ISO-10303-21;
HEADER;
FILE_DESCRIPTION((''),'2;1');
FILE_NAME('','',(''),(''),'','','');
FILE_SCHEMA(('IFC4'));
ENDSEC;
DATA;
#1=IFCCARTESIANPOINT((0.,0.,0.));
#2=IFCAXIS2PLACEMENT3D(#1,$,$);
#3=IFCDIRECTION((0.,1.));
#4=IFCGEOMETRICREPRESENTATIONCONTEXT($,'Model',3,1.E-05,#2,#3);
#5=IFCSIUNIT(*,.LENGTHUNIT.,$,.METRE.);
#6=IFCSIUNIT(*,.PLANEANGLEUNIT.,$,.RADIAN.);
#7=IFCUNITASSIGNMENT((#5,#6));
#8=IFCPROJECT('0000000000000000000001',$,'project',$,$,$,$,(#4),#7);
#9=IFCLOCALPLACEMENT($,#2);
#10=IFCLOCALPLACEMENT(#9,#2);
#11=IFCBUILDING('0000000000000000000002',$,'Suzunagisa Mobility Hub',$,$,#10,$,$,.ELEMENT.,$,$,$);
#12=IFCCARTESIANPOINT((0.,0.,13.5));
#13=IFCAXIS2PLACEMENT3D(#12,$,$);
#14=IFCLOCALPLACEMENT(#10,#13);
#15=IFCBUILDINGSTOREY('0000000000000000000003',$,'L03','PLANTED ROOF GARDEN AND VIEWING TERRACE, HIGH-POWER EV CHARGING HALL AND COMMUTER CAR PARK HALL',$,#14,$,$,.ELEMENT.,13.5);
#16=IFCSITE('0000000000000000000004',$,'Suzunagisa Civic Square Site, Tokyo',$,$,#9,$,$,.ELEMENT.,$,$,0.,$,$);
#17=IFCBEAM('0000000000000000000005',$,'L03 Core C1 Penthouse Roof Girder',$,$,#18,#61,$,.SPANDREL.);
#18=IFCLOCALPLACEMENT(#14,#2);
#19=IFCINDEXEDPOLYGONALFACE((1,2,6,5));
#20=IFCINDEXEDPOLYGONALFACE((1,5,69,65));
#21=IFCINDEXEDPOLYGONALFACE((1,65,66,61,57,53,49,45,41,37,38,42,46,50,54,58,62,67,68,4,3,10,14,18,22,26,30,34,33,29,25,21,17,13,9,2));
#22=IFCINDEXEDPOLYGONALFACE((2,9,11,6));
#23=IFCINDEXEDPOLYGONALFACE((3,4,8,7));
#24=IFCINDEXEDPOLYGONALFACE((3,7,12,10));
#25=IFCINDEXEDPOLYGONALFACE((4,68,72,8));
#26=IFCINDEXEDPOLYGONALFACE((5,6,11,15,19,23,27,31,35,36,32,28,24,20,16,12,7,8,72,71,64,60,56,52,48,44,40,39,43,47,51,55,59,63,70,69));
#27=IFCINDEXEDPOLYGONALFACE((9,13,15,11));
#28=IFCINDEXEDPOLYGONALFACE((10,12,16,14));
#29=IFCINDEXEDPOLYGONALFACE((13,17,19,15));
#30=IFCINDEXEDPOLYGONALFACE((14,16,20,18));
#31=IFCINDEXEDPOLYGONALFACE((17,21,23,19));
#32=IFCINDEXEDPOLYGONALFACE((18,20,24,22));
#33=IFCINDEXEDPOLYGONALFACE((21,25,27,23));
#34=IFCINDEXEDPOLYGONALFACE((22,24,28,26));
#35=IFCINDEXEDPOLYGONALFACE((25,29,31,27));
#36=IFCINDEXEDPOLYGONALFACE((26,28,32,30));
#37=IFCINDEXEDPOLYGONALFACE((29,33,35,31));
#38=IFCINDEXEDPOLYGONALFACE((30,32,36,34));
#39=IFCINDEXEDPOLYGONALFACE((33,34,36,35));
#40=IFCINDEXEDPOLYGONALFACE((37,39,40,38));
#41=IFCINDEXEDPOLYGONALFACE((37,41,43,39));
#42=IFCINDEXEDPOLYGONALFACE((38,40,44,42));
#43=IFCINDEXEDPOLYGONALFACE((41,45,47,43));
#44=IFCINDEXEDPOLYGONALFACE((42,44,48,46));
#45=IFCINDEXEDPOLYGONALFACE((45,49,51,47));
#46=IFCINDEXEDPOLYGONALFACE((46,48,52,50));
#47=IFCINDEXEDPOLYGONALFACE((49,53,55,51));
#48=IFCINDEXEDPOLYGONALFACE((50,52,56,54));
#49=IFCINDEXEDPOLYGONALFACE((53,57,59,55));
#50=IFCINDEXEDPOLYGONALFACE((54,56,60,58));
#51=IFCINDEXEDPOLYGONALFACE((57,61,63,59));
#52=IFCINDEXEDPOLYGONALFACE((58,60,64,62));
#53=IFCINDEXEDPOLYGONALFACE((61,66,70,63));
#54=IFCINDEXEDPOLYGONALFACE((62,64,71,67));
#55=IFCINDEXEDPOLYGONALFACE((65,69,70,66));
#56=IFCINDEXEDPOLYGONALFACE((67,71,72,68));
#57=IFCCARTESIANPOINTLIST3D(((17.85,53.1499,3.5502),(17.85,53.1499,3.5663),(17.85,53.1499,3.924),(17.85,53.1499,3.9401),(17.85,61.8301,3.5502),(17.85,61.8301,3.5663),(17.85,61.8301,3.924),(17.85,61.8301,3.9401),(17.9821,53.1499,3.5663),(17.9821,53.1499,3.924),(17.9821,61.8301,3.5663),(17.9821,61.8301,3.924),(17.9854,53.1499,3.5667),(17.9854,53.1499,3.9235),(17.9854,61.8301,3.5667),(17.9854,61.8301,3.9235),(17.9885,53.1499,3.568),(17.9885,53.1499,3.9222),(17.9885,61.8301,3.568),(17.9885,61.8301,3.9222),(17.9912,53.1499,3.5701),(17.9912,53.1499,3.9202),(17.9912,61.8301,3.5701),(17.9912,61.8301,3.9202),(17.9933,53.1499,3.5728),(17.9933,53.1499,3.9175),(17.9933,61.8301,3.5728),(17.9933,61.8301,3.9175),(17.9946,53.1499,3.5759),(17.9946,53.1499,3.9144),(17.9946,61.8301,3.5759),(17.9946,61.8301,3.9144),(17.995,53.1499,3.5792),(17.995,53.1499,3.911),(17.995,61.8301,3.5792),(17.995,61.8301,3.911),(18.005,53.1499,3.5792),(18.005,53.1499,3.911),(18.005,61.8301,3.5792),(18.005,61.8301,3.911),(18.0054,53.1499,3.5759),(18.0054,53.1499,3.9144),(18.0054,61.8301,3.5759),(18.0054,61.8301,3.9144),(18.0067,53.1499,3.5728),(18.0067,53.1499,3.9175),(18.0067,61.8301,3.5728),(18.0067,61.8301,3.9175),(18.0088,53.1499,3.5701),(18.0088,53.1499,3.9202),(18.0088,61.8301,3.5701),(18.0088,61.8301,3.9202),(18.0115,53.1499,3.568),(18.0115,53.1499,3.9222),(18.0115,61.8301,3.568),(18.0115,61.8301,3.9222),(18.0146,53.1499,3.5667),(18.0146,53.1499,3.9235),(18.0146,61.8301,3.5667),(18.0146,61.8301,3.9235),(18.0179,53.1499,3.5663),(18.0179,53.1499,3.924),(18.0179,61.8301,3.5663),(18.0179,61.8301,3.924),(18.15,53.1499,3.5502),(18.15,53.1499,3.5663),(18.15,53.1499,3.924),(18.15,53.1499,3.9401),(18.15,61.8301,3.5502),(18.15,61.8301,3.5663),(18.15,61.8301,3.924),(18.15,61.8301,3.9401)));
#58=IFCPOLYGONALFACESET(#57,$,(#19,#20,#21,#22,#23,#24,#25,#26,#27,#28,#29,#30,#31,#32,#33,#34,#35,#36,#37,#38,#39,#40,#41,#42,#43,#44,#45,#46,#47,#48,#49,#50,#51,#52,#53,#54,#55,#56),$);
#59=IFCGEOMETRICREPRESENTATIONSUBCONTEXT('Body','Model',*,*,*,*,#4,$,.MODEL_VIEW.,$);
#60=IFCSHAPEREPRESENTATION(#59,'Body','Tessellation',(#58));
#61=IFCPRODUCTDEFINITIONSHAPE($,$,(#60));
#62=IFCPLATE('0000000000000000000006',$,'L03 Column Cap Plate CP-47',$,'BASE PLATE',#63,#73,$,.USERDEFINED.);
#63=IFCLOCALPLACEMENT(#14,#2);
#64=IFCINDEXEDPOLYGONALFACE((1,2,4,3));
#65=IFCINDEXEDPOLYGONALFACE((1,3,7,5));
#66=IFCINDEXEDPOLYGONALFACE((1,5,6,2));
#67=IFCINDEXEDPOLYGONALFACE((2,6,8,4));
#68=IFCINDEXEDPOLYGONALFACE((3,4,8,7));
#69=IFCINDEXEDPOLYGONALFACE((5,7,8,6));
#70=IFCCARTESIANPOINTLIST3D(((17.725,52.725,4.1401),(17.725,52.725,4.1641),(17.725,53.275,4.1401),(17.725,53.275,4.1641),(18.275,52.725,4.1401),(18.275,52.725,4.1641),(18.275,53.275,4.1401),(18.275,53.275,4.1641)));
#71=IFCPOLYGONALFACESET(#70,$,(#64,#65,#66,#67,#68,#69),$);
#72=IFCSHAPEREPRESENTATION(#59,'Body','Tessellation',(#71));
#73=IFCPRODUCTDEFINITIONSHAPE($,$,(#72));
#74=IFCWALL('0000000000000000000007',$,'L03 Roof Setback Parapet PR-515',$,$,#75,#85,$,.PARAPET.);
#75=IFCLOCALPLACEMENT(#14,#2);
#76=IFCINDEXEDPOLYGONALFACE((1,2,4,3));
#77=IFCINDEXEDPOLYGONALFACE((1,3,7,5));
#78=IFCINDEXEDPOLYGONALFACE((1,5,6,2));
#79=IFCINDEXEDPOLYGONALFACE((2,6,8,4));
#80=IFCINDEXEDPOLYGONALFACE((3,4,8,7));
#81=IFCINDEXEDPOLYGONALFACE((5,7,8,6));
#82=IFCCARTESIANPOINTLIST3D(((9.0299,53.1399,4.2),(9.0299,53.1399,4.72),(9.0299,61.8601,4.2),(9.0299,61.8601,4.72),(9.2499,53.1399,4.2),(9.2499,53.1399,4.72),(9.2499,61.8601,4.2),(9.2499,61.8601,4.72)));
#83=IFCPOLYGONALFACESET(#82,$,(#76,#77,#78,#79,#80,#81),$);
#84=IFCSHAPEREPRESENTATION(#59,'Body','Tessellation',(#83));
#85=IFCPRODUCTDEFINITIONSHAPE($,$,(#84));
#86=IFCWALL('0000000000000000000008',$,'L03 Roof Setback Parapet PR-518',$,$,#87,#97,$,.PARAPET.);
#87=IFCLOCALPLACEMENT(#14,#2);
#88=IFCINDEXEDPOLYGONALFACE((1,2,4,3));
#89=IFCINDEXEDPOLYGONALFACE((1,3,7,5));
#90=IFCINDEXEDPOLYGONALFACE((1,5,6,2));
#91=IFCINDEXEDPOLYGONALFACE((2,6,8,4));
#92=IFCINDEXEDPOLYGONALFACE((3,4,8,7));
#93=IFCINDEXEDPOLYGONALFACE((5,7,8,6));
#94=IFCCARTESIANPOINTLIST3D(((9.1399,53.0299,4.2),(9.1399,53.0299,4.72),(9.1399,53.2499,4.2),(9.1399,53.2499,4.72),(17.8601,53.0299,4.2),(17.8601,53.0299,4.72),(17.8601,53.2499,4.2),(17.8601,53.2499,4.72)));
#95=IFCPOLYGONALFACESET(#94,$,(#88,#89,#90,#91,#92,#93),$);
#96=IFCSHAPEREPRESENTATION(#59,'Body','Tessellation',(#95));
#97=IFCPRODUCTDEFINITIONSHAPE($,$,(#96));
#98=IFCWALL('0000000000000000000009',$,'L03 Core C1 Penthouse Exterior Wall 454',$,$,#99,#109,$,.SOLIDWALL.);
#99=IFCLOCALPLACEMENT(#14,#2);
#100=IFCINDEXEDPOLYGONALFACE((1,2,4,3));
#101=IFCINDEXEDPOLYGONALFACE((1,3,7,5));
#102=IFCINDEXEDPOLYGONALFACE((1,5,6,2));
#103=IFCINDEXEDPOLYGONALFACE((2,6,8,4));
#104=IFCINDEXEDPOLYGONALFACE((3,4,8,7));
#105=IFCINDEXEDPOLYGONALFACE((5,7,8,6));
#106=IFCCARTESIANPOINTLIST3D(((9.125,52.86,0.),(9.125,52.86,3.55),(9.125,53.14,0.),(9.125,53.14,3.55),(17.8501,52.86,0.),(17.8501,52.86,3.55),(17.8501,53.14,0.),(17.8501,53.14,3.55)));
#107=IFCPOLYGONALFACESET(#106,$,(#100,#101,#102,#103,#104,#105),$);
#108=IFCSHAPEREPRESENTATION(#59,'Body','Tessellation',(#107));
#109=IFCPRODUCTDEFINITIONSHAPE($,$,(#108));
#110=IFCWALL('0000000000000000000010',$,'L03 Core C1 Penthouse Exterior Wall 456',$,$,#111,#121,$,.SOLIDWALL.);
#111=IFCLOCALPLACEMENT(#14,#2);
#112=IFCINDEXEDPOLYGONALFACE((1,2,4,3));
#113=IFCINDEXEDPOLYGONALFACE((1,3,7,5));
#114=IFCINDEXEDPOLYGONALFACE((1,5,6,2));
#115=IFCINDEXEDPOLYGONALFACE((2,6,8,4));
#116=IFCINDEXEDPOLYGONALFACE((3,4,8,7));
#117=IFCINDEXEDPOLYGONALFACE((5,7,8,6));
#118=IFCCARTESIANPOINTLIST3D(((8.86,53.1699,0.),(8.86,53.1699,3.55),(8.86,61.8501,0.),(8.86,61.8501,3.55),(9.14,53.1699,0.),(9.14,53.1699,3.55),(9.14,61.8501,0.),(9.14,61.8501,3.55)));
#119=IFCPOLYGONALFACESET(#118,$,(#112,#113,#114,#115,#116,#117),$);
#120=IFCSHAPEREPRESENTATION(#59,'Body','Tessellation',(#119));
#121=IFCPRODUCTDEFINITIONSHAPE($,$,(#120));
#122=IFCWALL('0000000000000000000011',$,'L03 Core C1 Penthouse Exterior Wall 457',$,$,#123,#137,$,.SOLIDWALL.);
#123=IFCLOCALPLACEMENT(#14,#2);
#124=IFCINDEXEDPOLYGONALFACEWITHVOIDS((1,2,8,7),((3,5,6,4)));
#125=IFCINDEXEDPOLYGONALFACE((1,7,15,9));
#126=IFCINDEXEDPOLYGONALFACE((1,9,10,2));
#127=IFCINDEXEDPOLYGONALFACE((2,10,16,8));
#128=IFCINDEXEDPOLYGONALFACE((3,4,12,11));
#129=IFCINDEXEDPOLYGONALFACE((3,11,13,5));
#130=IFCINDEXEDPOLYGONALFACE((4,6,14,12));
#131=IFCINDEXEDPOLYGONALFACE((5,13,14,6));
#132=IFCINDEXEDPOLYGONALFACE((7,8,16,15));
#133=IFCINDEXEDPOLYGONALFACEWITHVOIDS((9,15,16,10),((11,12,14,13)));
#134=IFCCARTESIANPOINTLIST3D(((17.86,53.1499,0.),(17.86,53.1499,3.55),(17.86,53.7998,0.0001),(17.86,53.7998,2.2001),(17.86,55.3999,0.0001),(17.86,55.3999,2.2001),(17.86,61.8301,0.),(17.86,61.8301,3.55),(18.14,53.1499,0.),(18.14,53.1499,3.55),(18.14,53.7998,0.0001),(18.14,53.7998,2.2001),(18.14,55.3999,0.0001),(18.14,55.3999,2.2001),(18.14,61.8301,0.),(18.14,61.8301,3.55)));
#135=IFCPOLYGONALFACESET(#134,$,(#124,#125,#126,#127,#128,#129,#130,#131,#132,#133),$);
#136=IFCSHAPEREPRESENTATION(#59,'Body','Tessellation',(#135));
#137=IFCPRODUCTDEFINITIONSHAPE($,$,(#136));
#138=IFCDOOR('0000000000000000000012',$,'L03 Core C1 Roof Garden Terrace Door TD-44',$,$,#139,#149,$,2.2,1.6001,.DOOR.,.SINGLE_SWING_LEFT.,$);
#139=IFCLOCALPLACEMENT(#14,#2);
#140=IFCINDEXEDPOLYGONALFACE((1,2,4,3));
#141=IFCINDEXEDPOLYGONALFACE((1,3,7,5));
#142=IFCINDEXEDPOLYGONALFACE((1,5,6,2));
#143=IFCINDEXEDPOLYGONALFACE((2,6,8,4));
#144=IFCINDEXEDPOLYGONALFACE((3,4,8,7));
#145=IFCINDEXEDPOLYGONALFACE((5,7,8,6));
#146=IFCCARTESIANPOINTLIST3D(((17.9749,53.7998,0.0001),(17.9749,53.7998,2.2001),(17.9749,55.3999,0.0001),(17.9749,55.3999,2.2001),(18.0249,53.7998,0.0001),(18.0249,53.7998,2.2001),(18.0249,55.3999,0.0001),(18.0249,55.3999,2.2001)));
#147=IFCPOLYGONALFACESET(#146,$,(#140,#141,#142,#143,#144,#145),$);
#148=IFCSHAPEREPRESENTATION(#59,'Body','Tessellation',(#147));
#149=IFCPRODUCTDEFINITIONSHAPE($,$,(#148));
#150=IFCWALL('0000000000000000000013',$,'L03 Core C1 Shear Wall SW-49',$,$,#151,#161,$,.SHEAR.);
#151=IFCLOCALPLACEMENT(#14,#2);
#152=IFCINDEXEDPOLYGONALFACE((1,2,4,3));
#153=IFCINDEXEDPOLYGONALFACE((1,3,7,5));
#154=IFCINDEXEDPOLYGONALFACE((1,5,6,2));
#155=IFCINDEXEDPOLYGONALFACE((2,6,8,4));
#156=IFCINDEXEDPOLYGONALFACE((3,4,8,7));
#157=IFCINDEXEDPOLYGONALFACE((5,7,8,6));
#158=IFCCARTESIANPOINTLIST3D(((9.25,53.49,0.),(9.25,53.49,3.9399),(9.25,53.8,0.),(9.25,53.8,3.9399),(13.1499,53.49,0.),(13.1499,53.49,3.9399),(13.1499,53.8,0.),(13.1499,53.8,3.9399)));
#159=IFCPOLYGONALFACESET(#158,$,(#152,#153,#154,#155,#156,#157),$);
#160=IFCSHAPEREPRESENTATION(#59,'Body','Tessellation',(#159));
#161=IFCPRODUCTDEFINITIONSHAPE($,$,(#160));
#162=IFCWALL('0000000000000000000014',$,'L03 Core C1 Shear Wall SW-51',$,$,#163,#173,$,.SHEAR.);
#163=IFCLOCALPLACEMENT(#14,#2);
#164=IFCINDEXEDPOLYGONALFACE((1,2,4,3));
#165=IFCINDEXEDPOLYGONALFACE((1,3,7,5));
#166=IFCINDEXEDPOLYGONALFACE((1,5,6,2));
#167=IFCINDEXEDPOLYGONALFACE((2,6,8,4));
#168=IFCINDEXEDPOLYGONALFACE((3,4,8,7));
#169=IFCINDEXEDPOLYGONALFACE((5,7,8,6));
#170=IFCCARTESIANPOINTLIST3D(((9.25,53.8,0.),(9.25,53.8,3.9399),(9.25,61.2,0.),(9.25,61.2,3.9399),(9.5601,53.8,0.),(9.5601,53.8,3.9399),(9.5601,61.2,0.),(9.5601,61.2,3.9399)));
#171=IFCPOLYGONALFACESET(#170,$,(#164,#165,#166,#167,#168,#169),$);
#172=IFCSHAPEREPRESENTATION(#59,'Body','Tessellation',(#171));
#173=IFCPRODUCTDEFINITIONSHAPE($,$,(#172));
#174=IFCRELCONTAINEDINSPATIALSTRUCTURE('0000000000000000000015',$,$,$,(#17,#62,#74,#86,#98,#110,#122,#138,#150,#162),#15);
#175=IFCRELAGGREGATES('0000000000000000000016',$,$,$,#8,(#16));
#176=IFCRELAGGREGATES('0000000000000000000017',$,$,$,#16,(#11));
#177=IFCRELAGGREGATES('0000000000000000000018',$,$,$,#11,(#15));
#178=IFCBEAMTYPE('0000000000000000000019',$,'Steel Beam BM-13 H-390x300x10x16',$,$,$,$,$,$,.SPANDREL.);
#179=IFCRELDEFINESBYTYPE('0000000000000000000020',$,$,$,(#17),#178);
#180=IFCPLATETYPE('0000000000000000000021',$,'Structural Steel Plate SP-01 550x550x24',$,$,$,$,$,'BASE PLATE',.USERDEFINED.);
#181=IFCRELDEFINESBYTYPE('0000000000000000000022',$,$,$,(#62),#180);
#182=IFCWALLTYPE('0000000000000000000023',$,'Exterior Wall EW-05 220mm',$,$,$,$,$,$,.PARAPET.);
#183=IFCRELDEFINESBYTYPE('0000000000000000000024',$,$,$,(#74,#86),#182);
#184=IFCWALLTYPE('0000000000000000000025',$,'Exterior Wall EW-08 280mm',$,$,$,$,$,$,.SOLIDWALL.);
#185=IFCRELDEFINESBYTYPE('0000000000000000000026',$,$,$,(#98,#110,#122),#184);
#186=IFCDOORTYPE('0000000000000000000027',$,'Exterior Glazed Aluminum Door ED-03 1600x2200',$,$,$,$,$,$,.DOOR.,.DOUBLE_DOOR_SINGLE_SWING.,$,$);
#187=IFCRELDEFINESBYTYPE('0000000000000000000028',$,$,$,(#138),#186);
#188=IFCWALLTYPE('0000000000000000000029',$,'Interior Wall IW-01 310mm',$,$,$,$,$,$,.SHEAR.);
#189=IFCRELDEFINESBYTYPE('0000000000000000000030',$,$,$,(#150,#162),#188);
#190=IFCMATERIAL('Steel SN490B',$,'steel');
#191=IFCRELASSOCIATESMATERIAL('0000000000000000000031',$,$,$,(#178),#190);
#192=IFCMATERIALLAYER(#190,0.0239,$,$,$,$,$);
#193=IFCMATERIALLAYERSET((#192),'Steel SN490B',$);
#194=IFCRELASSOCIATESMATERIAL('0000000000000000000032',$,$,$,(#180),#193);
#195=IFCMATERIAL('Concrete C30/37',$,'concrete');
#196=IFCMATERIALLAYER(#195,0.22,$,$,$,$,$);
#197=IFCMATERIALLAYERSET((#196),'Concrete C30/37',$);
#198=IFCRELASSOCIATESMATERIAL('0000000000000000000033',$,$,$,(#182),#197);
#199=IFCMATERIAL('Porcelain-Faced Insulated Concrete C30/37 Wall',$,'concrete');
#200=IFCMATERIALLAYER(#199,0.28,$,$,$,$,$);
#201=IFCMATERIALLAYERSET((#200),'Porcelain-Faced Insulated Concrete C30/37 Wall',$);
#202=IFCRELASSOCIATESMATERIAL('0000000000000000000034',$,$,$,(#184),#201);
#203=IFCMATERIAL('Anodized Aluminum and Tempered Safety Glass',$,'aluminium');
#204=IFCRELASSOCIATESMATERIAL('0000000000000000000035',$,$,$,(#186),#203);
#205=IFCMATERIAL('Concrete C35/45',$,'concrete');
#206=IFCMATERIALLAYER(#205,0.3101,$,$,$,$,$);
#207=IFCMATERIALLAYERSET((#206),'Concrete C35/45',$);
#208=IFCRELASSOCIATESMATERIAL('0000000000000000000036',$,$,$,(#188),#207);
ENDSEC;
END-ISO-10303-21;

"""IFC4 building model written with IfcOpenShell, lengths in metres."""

from ifc_helpers import new_model, si_unit, direction, frame, frame_2d, origin, origin_2d, place, context, subcontext, project, spatial, rectangle, i_section, extrude, material, layer, layer_set, material_profile, profile_set, type_object, element, fill, save


model = new_model("IFC4")

# Units and contexts
model_context = context("Model", 3, precision=1e-05, world=origin(), true_north=direction((0.0, 1.0)))
body_context = subcontext(model_context, "Body", "Model", "MODEL_VIEW")
ifc_project = project(units=[si_unit("LENGTHUNIT", "METRE"), si_unit("PLANEANGLEUNIT", "RADIAN")], contexts=[model_context])

# Site, building, storey
site_placement = place(None, origin())
site = spatial("IfcSite", under=ifc_project, at=site_placement, Name="Suzunagisa Civic Square Site, Tokyo", CompositionType="ELEMENT", RefElevation=0.0)
building_placement = place(site_placement, origin())
building = spatial("IfcBuilding", under=site, at=building_placement, Name="Suzunagisa Mobility Hub", CompositionType="ELEMENT")
storey_placement = place(building_placement, frame((0.0, 0.0, 13.5)))
storey = spatial("IfcBuildingStorey", under=building, at=storey_placement, Name="L03", Description="PLANTED ROOF GARDEN AND VIEWING TERRACE, HIGH-POWER EV CHARGING HALL AND COMMUTER CAR PARK HALL", CompositionType="ELEMENT", Elevation=13.5)

# Shared definitions
ifc_material_1 = material(Name="Steel SN490B", Category="steel")

# Beam
ifc_material_profile_1 = material_profile(ifc_material_1, i_section(OverallWidth=0.3, OverallDepth=0.3899, WebThickness=0.01, FlangeThickness=0.0161, FilletRadius=0.0129, at=origin_2d()), Name="H-390x300x10x16")
ifc_profile_set_1 = profile_set([ifc_material_profile_1], Name="Steel SN490B")
beam_type = type_object("IfcBeamType", Name="Steel Beam BM-13 H-390x300x10x16", PredefinedType="SPANDREL", material=ifc_profile_set_1)
for number, where, z_axis, x_axis, name in (
    (1, (18.0, 53.1499, 3.7451), (0.0, 1.0, 0.0), (-1.0, 0.0, 0.0), "L03 Core C1 Penthouse Roof Girder"),
):
    element("IfcBeam", number, at=place(storey_placement, frame(where, z_axis=z_axis, x_axis=x_axis)), inside=storey, type_object=beam_type, Name=name, PredefinedType="SPANDREL", context=body_context, shape_type="SweptSolid", body=[
        extrude(i_section(OverallWidth=0.3, OverallDepth=0.3899, WebThickness=0.01, FlangeThickness=0.0161, FilletRadius=0.0129, at=origin_2d()), origin(), (0.0, 0.0, 1.0), 8.6802),
    ])

# Plate
ifc_layer_1 = layer(ifc_material_1, 0.0239)
ifc_layer_set_1 = layer_set([ifc_layer_1], Name="Steel SN490B")
plate_type = type_object("IfcPlateType", Name="Structural Steel Plate SP-01 550x550x24", ElementType="BASE PLATE", PredefinedType="USERDEFINED", material=ifc_layer_set_1)
plate_placement = place(storey_placement, frame((18.0, 53.0, 4.1401), z_axis=(0.0, 0.0, 1.0), x_axis=(1.0, 0.0, 0.0)))
element("IfcPlate", 2, at=plate_placement, inside=storey, type_object=plate_type, Name="L03 Column Cap Plate CP-47", ObjectType="BASE PLATE", PredefinedType="USERDEFINED", context=body_context, shape_type="SweptSolid", body=[
    extrude(rectangle(XDim=0.55, YDim=0.55, at=origin_2d()), origin(), (0.0, 0.0, 1.0), 0.0239),
])

# Walls
ifc_material_2 = material(Name="Concrete C30/37", Category="concrete")
ifc_layer_2 = layer(ifc_material_2, 0.22)
ifc_layer_set_2 = layer_set([ifc_layer_2], Name="Concrete C30/37")
wall_type_1 = type_object("IfcWallType", Name="Exterior Wall EW-05 220mm", PredefinedType="PARAPET", material=ifc_layer_set_2)
for number, where, z_axis, x_axis, name in (
    (3, (9.1399, 53.1399, 4.2), (0.0, 0.0, 1.0), (0.0, 1.0, 0.0), "L03 Roof Setback Parapet PR-515"),
    (4, (17.8601, 53.1399, 4.2), (0.0, 0.0, 1.0), (-1.0, 0.0, 0.0), "L03 Roof Setback Parapet PR-518"),
):
    element("IfcWall", number, at=place(storey_placement, frame(where, z_axis=z_axis, x_axis=x_axis)), inside=storey, type_object=wall_type_1, Name=name, PredefinedType="PARAPET", context=body_context, shape_type="SweptSolid", body=[
        extrude(rectangle(XDim=8.7202, YDim=0.22, at=frame_2d((4.3601, 0.0))), origin(), (0.0, 0.0, 1.0), 0.52),
    ])
ifc_material_3 = material(Name="Porcelain-Faced Insulated Concrete C30/37 Wall", Category="concrete")
ifc_layer_3 = layer(ifc_material_3, 0.28)
ifc_layer_set_3 = layer_set([ifc_layer_3], Name="Porcelain-Faced Insulated Concrete C30/37 Wall")
wall_type_2 = type_object("IfcWallType", Name="Exterior Wall EW-08 280mm", PredefinedType="SOLIDWALL", material=ifc_layer_set_3)
wall_1_placement = place(storey_placement, frame((9.125, 53.0, 0.0), z_axis=(0.0, 0.0, 1.0), x_axis=(1.0, 0.0, 0.0)))
element("IfcWall", 5, at=wall_1_placement, inside=storey, type_object=wall_type_2, Name="L03 Core C1 Penthouse Exterior Wall 454", PredefinedType="SOLIDWALL", context=body_context, shape_type="SweptSolid", body=[
    extrude(rectangle(XDim=8.7251, YDim=0.28, at=frame_2d((4.3625, 0.0))), origin(), (0.0, 0.0, 1.0), 3.55),
])
wall_2_placement = place(storey_placement, frame((9.0, 53.1699, 0.0), z_axis=(0.0, 0.0, 1.0), x_axis=(0.0, 1.0, 0.0)))
element("IfcWall", 6, at=wall_2_placement, inside=storey, type_object=wall_type_2, Name="L03 Core C1 Penthouse Exterior Wall 456", PredefinedType="SOLIDWALL", context=body_context, shape_type="SweptSolid", body=[
    extrude(rectangle(XDim=8.6802, YDim=0.28, at=frame_2d((4.3401, 0.0))), origin(), (0.0, 0.0, 1.0), 3.55),
])

# Wall, opening, door
wall_3_placement = place(storey_placement, frame((18.0, 53.1499, 0.0), z_axis=(0.0, 0.0, 1.0), x_axis=(0.0, 1.0, 0.0)))
wall_3 = element("IfcWall", 7, at=wall_3_placement, inside=storey, type_object=wall_type_2, Name="L03 Core C1 Penthouse Exterior Wall 457", PredefinedType="SOLIDWALL", context=body_context, shape_type="SweptSolid", body=[
    extrude(rectangle(XDim=8.6802, YDim=0.28, at=frame_2d((4.3401, 0.0))), origin(), (0.0, 0.0, 1.0), 3.55),
])
opening_1_placement = place(wall_3_placement, frame((2.25, 0.0, 0.0), z_axis=(0.0, 0.0, 1.0), x_axis=(-1.0, 0.0, 0.0)))
opening_1 = element("IfcOpeningElement", 8, at=opening_1_placement, cuts=wall_3, PredefinedType="OPENING", context=body_context, shape_type="SweptSolid", body=[
    extrude(rectangle(XDim=1.6001, YDim=2.2, at=frame_2d((0.8, 1.1001))), frame((0.0, 0.1509, 0.0), z_axis=(0.0, -1.0, 0.0), x_axis=(1.0, 0.0, 0.0)), (0.0, 0.0, 1.0), 0.302),
])
ifc_material_4 = material(Name="Anodized Aluminum and Tempered Safety Glass", Category="aluminium")
door_type_1 = type_object("IfcDoorType", Name="Exterior Glazed Aluminum Door ED-03 1600x2200", OperationType="DOUBLE_DOOR_SINGLE_SWING", PredefinedType="DOOR", material=ifc_material_4)
door_1_placement = place(opening_1_placement, origin())
door_1 = element("IfcDoor", 9, at=door_1_placement, inside=storey, type_object=door_type_1, Name="L03 Core C1 Roof Garden Terrace Door TD-44", OperationType="SINGLE_SWING_LEFT", OverallHeight=2.2, OverallWidth=1.6001, PredefinedType="DOOR", context=body_context, shape_type="SweptSolid", body=[
    extrude(rectangle(XDim=1.6001, YDim=2.2, at=frame_2d((0.8, 1.1001))), frame((0.0, 0.0249, 0.0), z_axis=(0.0, -1.0, 0.0), x_axis=(1.0, 0.0, 0.0)), (0.0, 0.0, 1.0), 0.05),
])
fill(opening_1, door_1)

# Walls
ifc_material_5 = material(Name="Concrete C35/45", Category="concrete")
ifc_layer_4 = layer(ifc_material_5, 0.3101)
ifc_layer_set_4 = layer_set([ifc_layer_4], Name="Concrete C35/45")
wall_type_3 = type_object("IfcWallType", Name="Interior Wall IW-01 310mm", PredefinedType="SHEAR", material=ifc_layer_set_4)
wall_4_placement = place(storey_placement, frame((9.25, 53.645, 0.0), z_axis=(0.0, 0.0, 1.0), x_axis=(1.0, 0.0, 0.0)))
element("IfcWall", 10, at=wall_4_placement, inside=storey, type_object=wall_type_3, Name="L03 Core C1 Shear Wall SW-49", PredefinedType="SHEAR", context=body_context, shape_type="SweptSolid", body=[
    extrude(rectangle(XDim=3.8999, YDim=0.3101, at=frame_2d((1.95, 0.0))), origin(), (0.0, 0.0, 1.0), 3.9399),
])
wall_5_placement = place(storey_placement, frame((9.405, 53.8, 0.0), z_axis=(0.0, 0.0, 1.0), x_axis=(0.0, 1.0, 0.0)))
element("IfcWall", 11, at=wall_5_placement, inside=storey, type_object=wall_type_3, Name="L03 Core C1 Shear Wall SW-51", PredefinedType="SHEAR", context=body_context, shape_type="SweptSolid", body=[
    extrude(rectangle(XDim=7.3999, YDim=0.3101, at=frame_2d((3.7, 0.0))), origin(), (0.0, 0.0, 1.0), 3.9399),
])

save(model, "model.ifc")
